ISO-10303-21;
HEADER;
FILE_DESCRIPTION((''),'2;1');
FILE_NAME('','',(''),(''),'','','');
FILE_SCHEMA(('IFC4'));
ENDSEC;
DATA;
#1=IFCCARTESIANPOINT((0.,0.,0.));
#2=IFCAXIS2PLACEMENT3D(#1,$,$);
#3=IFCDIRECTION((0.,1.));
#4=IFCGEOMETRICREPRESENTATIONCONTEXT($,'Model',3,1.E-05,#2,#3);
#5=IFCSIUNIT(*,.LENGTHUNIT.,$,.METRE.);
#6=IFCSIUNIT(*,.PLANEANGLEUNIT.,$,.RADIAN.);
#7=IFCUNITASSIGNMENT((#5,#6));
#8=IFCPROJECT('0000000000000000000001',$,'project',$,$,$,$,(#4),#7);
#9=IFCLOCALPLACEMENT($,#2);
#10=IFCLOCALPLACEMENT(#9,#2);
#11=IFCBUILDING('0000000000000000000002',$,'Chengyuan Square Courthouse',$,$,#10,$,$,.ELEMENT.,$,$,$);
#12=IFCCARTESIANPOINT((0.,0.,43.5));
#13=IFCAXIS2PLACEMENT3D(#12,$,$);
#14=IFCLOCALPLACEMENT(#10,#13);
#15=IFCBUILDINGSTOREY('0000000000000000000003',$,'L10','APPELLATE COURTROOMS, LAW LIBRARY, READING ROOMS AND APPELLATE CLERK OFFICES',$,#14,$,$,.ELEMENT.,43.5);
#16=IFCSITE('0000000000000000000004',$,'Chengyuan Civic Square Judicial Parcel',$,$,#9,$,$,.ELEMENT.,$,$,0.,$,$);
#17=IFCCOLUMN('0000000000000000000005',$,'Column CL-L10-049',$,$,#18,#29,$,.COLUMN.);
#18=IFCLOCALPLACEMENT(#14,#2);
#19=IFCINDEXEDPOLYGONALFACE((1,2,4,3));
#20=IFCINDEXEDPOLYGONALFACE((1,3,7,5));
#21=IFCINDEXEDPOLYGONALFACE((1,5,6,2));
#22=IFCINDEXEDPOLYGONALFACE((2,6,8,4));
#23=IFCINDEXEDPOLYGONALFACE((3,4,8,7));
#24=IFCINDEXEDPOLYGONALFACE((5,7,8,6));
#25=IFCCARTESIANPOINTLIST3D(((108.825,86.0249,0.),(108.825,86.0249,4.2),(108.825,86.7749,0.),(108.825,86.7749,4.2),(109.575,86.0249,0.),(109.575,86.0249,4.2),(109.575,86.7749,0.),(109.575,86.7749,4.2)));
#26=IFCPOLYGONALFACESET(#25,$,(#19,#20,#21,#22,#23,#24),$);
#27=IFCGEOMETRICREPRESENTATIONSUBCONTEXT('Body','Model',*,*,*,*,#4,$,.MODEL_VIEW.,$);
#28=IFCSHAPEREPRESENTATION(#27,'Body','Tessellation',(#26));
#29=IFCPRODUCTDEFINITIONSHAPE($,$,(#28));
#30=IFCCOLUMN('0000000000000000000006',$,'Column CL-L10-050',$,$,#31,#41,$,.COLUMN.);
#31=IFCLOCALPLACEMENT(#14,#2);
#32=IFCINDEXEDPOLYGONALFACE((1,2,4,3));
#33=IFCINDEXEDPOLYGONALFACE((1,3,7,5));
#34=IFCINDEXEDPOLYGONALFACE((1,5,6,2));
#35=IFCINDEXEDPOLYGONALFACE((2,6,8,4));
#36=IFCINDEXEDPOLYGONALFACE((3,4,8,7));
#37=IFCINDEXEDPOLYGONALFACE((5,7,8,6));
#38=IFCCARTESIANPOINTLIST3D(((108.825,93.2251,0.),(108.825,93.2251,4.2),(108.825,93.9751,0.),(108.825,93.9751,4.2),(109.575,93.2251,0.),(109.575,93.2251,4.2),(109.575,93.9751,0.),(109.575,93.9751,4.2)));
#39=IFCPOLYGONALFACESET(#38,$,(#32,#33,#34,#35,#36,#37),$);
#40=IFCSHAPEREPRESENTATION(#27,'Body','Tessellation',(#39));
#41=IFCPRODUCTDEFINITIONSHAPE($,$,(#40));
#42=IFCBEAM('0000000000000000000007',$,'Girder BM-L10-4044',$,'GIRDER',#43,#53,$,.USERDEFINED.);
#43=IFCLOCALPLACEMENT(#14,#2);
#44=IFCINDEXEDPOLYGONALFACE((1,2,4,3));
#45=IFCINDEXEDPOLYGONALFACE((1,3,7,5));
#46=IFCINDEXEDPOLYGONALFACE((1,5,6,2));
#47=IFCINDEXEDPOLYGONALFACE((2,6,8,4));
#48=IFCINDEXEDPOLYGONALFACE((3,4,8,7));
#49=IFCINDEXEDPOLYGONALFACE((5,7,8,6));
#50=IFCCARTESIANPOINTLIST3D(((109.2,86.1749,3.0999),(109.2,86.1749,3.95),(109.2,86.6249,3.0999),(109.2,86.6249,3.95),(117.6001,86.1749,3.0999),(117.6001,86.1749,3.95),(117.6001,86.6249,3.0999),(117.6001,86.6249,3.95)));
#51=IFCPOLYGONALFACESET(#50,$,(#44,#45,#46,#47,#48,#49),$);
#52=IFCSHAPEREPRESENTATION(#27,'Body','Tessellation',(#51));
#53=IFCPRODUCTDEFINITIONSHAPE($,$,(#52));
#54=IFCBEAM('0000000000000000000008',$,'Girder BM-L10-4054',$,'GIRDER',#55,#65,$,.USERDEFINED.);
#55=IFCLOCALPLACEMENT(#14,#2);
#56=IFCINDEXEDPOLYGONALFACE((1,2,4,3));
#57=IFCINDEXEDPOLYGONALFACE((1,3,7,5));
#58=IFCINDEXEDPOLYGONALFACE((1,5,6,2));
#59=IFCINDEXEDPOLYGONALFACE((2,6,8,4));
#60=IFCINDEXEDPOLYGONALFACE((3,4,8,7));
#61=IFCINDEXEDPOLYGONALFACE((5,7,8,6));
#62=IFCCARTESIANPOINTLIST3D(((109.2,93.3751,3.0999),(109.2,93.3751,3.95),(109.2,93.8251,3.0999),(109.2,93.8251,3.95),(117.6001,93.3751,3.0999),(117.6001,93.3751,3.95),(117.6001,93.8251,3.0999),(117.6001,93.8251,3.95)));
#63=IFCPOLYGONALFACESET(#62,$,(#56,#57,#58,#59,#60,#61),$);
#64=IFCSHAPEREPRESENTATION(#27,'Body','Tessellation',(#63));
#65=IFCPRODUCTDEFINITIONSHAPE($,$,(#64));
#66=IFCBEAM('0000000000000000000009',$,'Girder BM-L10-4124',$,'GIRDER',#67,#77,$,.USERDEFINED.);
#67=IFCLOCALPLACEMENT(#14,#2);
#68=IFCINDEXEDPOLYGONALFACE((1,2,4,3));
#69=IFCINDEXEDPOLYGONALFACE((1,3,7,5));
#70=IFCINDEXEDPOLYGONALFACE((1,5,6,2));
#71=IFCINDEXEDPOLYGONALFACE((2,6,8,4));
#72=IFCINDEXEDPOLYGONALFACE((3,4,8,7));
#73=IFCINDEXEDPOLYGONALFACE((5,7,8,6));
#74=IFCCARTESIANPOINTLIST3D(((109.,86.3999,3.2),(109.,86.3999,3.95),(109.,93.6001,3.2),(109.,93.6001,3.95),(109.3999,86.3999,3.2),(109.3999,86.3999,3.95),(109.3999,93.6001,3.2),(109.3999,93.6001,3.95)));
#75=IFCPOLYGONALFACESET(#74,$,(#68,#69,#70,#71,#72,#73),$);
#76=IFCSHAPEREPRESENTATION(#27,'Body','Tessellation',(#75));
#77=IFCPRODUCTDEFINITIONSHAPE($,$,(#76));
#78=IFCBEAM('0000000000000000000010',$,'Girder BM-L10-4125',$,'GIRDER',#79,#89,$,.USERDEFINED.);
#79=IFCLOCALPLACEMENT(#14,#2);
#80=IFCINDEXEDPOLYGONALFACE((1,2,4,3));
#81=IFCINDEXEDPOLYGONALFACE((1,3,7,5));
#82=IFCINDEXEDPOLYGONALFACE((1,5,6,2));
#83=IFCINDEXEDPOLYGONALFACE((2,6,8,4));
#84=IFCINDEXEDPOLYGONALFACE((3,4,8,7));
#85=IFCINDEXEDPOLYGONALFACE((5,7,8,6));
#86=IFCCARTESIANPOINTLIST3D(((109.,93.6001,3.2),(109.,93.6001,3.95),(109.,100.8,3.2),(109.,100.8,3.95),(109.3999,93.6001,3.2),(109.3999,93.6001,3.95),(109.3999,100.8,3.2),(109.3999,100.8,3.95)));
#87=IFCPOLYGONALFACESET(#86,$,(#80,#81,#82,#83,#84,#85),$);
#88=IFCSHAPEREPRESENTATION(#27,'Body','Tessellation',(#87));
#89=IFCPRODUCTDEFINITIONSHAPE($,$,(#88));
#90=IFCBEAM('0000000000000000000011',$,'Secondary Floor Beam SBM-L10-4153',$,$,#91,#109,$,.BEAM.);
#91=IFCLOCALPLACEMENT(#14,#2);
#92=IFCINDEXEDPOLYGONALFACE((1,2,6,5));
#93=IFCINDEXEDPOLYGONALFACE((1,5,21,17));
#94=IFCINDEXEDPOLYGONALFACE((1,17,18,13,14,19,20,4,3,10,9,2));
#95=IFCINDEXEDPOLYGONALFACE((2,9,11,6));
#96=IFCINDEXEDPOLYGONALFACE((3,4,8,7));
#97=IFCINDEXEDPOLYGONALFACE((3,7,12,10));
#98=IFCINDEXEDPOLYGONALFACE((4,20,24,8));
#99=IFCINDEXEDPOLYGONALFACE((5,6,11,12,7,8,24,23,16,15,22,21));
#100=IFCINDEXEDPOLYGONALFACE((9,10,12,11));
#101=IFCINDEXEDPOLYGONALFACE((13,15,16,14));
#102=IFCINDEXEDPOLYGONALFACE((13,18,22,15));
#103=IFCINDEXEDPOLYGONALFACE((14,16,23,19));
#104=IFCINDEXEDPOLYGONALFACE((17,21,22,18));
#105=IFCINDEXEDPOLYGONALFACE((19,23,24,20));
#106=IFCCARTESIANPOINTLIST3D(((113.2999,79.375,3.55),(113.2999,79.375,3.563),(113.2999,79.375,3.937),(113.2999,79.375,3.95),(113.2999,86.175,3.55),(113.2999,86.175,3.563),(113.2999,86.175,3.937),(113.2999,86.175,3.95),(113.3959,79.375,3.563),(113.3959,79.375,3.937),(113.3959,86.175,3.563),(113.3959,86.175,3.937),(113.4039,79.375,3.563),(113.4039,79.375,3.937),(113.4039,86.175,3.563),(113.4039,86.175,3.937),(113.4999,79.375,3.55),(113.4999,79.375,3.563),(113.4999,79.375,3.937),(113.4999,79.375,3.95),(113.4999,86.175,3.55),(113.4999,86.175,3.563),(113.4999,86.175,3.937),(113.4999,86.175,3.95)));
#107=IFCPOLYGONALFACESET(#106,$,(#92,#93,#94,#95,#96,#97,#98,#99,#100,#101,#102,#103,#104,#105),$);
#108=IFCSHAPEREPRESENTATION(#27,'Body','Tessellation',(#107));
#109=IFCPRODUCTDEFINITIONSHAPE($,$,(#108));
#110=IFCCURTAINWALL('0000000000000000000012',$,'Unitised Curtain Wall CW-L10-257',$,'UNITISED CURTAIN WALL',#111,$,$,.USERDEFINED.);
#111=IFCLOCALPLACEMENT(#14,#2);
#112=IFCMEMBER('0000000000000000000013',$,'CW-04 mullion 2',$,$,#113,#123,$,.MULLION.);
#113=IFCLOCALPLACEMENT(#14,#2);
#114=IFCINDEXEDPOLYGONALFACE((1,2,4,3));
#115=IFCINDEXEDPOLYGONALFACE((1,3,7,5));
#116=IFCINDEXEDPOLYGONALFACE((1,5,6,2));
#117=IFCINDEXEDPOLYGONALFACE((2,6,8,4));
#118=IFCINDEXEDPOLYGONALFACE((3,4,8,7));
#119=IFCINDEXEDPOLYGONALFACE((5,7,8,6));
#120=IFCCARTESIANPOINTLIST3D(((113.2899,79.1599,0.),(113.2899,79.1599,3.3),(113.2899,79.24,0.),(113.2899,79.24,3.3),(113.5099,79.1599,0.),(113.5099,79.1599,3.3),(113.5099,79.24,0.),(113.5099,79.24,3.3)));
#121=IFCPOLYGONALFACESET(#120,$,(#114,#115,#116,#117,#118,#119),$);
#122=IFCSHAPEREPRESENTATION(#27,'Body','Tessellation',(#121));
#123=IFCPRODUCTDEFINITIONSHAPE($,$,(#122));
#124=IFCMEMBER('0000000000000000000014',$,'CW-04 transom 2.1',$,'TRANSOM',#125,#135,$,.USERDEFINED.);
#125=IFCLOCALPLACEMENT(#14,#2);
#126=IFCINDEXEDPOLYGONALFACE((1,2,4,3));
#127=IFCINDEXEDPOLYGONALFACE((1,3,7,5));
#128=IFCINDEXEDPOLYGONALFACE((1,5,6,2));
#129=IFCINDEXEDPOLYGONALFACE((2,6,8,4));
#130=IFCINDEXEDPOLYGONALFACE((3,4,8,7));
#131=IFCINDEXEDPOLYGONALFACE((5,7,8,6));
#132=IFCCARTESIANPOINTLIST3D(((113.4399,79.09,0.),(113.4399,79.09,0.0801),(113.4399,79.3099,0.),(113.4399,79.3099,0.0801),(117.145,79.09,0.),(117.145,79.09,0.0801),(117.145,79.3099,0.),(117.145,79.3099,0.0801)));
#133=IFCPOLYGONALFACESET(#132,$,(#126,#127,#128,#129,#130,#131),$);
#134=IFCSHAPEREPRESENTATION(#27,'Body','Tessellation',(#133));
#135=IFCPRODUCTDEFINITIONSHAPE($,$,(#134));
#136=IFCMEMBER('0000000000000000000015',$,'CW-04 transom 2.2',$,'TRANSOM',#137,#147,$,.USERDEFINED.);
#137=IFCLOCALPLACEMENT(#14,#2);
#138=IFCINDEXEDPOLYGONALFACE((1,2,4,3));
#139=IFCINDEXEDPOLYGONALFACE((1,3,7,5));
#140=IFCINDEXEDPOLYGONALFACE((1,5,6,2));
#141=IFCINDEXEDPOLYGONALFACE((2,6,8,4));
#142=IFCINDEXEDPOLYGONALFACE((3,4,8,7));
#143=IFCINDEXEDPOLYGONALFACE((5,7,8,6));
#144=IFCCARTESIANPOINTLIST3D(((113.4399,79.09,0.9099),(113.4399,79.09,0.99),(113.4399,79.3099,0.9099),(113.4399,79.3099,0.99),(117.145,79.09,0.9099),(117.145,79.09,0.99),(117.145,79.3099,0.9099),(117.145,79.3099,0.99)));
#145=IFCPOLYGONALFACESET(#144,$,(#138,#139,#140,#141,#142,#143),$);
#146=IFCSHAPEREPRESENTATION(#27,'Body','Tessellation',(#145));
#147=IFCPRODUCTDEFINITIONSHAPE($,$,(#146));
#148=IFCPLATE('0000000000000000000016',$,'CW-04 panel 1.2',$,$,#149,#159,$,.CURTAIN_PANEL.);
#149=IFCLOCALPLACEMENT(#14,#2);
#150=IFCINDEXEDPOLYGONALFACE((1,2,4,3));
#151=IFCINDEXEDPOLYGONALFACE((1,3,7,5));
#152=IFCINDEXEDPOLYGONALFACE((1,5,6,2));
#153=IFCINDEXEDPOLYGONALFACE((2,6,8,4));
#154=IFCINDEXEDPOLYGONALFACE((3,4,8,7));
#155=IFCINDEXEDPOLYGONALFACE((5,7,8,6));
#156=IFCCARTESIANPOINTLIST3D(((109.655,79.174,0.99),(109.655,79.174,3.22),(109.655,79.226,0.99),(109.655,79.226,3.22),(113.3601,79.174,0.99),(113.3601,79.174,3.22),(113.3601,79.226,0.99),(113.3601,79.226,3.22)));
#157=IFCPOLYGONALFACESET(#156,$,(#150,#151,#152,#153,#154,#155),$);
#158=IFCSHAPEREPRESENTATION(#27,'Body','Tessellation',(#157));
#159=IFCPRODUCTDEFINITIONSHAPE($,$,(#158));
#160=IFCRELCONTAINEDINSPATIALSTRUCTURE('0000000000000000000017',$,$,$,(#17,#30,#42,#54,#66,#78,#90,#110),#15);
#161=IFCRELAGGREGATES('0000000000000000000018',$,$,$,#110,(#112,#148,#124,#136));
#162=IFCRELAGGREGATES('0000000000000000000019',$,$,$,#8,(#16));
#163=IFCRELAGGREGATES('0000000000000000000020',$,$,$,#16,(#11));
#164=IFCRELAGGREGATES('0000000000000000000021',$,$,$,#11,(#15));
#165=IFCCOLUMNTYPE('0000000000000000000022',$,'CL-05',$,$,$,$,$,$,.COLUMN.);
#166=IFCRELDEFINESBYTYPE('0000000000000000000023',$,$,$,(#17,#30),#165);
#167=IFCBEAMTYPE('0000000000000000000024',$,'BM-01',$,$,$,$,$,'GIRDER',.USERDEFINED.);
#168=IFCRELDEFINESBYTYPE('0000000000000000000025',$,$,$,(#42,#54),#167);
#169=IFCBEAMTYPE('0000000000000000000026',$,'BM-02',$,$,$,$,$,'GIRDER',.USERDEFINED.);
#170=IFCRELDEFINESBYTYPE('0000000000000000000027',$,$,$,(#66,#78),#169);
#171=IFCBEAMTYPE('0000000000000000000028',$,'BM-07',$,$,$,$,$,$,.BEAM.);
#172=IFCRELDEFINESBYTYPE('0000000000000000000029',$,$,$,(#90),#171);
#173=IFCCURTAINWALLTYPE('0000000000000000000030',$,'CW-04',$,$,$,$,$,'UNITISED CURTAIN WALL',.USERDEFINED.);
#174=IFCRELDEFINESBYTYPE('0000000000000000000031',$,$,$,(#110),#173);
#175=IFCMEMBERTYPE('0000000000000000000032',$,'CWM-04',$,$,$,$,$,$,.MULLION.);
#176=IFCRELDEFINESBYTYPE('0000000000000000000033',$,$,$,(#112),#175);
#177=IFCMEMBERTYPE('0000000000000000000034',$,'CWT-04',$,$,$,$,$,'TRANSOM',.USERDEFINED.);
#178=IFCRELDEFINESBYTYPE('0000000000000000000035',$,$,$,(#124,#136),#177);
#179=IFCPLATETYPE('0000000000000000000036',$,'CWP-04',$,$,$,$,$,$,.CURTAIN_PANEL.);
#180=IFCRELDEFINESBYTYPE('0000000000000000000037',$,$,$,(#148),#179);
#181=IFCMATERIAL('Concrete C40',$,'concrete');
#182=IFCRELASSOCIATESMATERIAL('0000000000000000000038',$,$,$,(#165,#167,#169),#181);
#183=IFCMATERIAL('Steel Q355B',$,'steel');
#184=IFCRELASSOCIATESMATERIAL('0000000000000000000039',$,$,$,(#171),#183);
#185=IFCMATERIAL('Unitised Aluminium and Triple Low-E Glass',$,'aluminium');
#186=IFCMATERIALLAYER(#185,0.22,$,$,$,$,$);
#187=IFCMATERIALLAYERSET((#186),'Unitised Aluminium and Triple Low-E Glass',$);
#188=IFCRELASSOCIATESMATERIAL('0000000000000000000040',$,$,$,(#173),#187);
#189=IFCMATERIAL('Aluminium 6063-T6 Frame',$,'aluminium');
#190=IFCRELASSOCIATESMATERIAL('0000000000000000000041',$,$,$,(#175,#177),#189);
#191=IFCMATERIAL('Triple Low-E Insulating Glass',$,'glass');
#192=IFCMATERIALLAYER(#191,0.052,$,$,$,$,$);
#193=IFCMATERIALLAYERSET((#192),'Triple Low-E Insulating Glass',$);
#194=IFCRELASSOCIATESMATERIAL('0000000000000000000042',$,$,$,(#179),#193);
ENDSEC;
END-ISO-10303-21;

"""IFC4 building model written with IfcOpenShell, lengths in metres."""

from ifc_helpers import new_model, si_unit, direction, frame, origin, origin_2d, place, context, subcontext, project, spatial, rectangle, i_section, extrude, material, layer, layer_set, material_profile, profile_set, type_object, element, aggregate, save


model = new_model("IFC4")

# Units and contexts
model_context = context("Model", 3, precision=1e-05, world=origin(), true_north=direction((0.0, 1.0)))
body_context = subcontext(model_context, "Body", "Model", "MODEL_VIEW")
ifc_project = project(units=[si_unit("LENGTHUNIT", "METRE"), si_unit("PLANEANGLEUNIT", "RADIAN")], contexts=[model_context])

# Site, building, storey
site_placement = place(None, origin())
site = spatial("IfcSite", under=ifc_project, at=site_placement, Name="Chengyuan Civic Square Judicial Parcel", CompositionType="ELEMENT", RefElevation=0.0)
building_placement = place(site_placement, origin())
building = spatial("IfcBuilding", under=site, at=building_placement, Name="Chengyuan Square Courthouse", CompositionType="ELEMENT")
storey_placement = place(building_placement, frame((0.0, 0.0, 43.5)))
storey = spatial("IfcBuildingStorey", under=building, at=storey_placement, Name="L10", Description="APPELLATE COURTROOMS, LAW LIBRARY, READING ROOMS AND APPELLATE CLERK OFFICES", CompositionType="ELEMENT", Elevation=43.5)

# Columns
ifc_material_1 = material(Name="Concrete C40", Category="concrete")
ifc_material_profile_1 = material_profile(ifc_material_1, rectangle(XDim=0.75, YDim=0.75, at=origin_2d()), Name="RC-COL-750x750")
ifc_profile_set_1 = profile_set([ifc_material_profile_1], Name="Concrete C40")
column_type = type_object("IfcColumnType", Name="CL-05", PredefinedType="COLUMN", material=ifc_profile_set_1)
for number, where, z_axis, x_axis, name in (
    (1, (109.2, 86.3999, 0.0), (0.0, 0.0, 1.0), (1.0, 0.0, 0.0), "Column CL-L10-049"),
    (2, (109.2, 93.6001, 0.0), (0.0, 0.0, 1.0), (1.0, 0.0, 0.0), "Column CL-L10-050"),
):
    element("IfcColumn", number, at=place(storey_placement, frame(where, z_axis=z_axis, x_axis=x_axis)), inside=storey, type_object=column_type, Name=name, PredefinedType="COLUMN", context=body_context, shape_type="SweptSolid", body=[
        extrude(rectangle(XDim=0.75, YDim=0.75, at=origin_2d()), origin(), (0.0, 0.0, 1.0), 4.2),
    ])

# Beams
ifc_material_profile_2 = material_profile(ifc_material_1, rectangle(XDim=0.45, YDim=0.8501, at=origin_2d()), Name="RC-BM-450x850")
ifc_profile_set_2 = profile_set([ifc_material_profile_2], Name="Concrete C40")
beam_type_1 = type_object("IfcBeamType", Name="BM-01", ElementType="GIRDER", PredefinedType="USERDEFINED", material=ifc_profile_set_2)
for number, where, z_axis, x_axis, name in (
    (3, (109.2, 86.3999, 3.5249), (1.0, 0.0, 0.0), (0.0, 1.0, 0.0), "Girder BM-L10-4044"),
    (4, (109.2, 93.6001, 3.5249), (1.0, 0.0, 0.0), (0.0, 1.0, 0.0), "Girder BM-L10-4054"),
):
    element("IfcBeam", number, at=place(storey_placement, frame(where, z_axis=z_axis, x_axis=x_axis)), inside=storey, type_object=beam_type_1, Name=name, ObjectType="GIRDER", PredefinedType="USERDEFINED", context=body_context, shape_type="SweptSolid", body=[
        extrude(rectangle(XDim=0.45, YDim=0.8501, at=origin_2d()), origin(), (0.0, 0.0, 1.0), 8.4001),
    ])
ifc_material_profile_3 = material_profile(ifc_material_1, rectangle(XDim=0.3999, YDim=0.75, at=origin_2d()), Name="RC-BM-400x750")
ifc_profile_set_3 = profile_set([ifc_material_profile_3], Name="Concrete C40")
beam_type_2 = type_object("IfcBeamType", Name="BM-02", ElementType="GIRDER", PredefinedType="USERDEFINED", material=ifc_profile_set_3)
beam_1_placement = place(storey_placement, frame((109.2, 86.3999, 3.575), z_axis=(0.0, 1.0, 0.0), x_axis=(-1.0, 0.0, 0.0)))
element("IfcBeam", 5, at=beam_1_placement, inside=storey, type_object=beam_type_2, Name="Girder BM-L10-4124", ObjectType="GIRDER", PredefinedType="USERDEFINED", context=body_context, shape_type="SweptSolid", body=[
    extrude(rectangle(XDim=0.3999, YDim=0.75, at=origin_2d()), origin(), (0.0, 0.0, 1.0), 7.2002),
])
beam_2_placement = place(storey_placement, frame((109.2, 93.6001, 3.575), z_axis=(0.0, 1.0, 0.0), x_axis=(-1.0, 0.0, 0.0)))
element("IfcBeam", 6, at=beam_2_placement, inside=storey, type_object=beam_type_2, Name="Girder BM-L10-4125", ObjectType="GIRDER", PredefinedType="USERDEFINED", context=body_context, shape_type="SweptSolid", body=[
    extrude(rectangle(XDim=0.3999, YDim=0.75, at=origin_2d()), origin(), (0.0, 0.0, 1.0), 7.2),
])
ifc_material_2 = material(Name="Steel Q355B", Category="steel")
ifc_material_profile_4 = material_profile(ifc_material_2, i_section(OverallWidth=0.2, OverallDepth=0.3999, WebThickness=0.0081, FlangeThickness=0.0129, at=origin_2d()), Name="HN 400x200x8x13")
ifc_profile_set_4 = profile_set([ifc_material_profile_4], Name="Steel Q355B")
beam_type_3 = type_object("IfcBeamType", Name="BM-07", PredefinedType="BEAM", material=ifc_profile_set_4)
beam_3_placement = place(storey_placement, frame((113.3999, 79.375, 3.75), z_axis=(0.0, 1.0, 0.0), x_axis=(-1.0, 0.0, 0.0)))
element("IfcBeam", 7, at=beam_3_placement, inside=storey, type_object=beam_type_3, Name="Secondary Floor Beam SBM-L10-4153", PredefinedType="BEAM", context=body_context, shape_type="SweptSolid", body=[
    extrude(i_section(OverallWidth=0.2, OverallDepth=0.3999, WebThickness=0.0081, FlangeThickness=0.0129, at=origin_2d()), origin(), (0.0, 0.0, 1.0), 6.8),
])

# Curtain wall, members, plate
ifc_material_3 = material(Name="Unitised Aluminium and Triple Low-E Glass", Category="aluminium")
ifc_layer_1 = layer(ifc_material_3, 0.22)
ifc_layer_set_1 = layer_set([ifc_layer_1], Name="Unitised Aluminium and Triple Low-E Glass")
curtain_wall_type = type_object("IfcCurtainWallType", Name="CW-04", ElementType="UNITISED CURTAIN WALL", PredefinedType="USERDEFINED", material=ifc_layer_set_1)
curtain_wall_placement = place(storey_placement, origin())
curtain_wall = element("IfcCurtainWall", 8, at=curtain_wall_placement, inside=storey, type_object=curtain_wall_type, Name="Unitised Curtain Wall CW-L10-257", ObjectType="UNITISED CURTAIN WALL", PredefinedType="USERDEFINED")
ifc_material_4 = material(Name="Aluminium 6063-T6 Frame", Category="aluminium")
ifc_material_profile_5 = material_profile(ifc_material_4, rectangle(XDim=0.0801, YDim=0.22, at=origin_2d()), Name="CW-MUL-80x220")
ifc_profile_set_5 = profile_set([ifc_material_profile_5], Name="Aluminium 6063-T6 Frame")
member_type_1 = type_object("IfcMemberType", Name="CWM-04", PredefinedType="MULLION", material=ifc_profile_set_5)
member_1_placement = place(storey_placement, frame((113.3999, 79.2, 0.0), z_axis=(0.0, 0.0, 1.0), x_axis=(0.0, 1.0, 0.0)))
member_1 = element("IfcMember", 9, at=member_1_placement, type_object=member_type_1, Name="CW-04 mullion 2", PredefinedType="MULLION", context=body_context, shape_type="SweptSolid", body=[
    extrude(rectangle(XDim=0.0801, YDim=0.22, at=origin_2d()), origin(), (0.0, 0.0, 1.0), 3.3),
])
ifc_material_profile_6 = material_profile(ifc_material_4, rectangle(XDim=0.22, YDim=0.0801, at=origin_2d()), Name="CW-TRN-80x180")
ifc_profile_set_6 = profile_set([ifc_material_profile_6], Name="Aluminium 6063-T6 Frame")
member_type_2 = type_object("IfcMemberType", Name="CWT-04", ElementType="TRANSOM", PredefinedType="USERDEFINED", material=ifc_profile_set_6)
member_2_placement = place(storey_placement, frame((113.4399, 79.2, 0.04), z_axis=(1.0, 0.0, 0.0), x_axis=(0.0, 1.0, 0.0)))
member_2 = element("IfcMember", 10, at=member_2_placement, type_object=member_type_2, Name="CW-04 transom 2.1", ObjectType="TRANSOM", PredefinedType="USERDEFINED", context=body_context, shape_type="SweptSolid", body=[
    extrude(rectangle(XDim=0.22, YDim=0.0801, at=origin_2d()), origin(), (0.0, 0.0, 1.0), 3.7051),
])
member_3_placement = place(storey_placement, frame((113.4399, 79.2, 0.95), z_axis=(1.0, 0.0, 0.0), x_axis=(0.0, 1.0, 0.0)))
member_3 = element("IfcMember", 11, at=member_3_placement, type_object=member_type_2, Name="CW-04 transom 2.2", ObjectType="TRANSOM", PredefinedType="USERDEFINED", context=body_context, shape_type="SweptSolid", body=[
    extrude(rectangle(XDim=0.22, YDim=0.0801, at=origin_2d()), origin(), (0.0, 0.0, 1.0), 3.7051),
])
ifc_material_5 = material(Name="Triple Low-E Insulating Glass", Category="glass")
ifc_layer_2 = layer(ifc_material_5, 0.052)
ifc_layer_set_2 = layer_set([ifc_layer_2], Name="Triple Low-E Insulating Glass")
plate_type = type_object("IfcPlateType", Name="CWP-04", PredefinedType="CURTAIN_PANEL", material=ifc_layer_set_2)
plate_placement = place(storey_placement, frame((111.5076, 79.2, 0.99), z_axis=(0.0, 0.0, 1.0), x_axis=(1.0, 0.0, 0.0)))
plate = element("IfcPlate", 12, at=plate_placement, type_object=plate_type, Name="CW-04 panel 1.2", PredefinedType="CURTAIN_PANEL", context=body_context, shape_type="SweptSolid", body=[
    extrude(rectangle(XDim=3.7051, YDim=0.052, at=origin_2d()), origin(), (0.0, 0.0, 1.0), 2.23),
])
aggregate(curtain_wall, [member_1, plate, member_2, member_3])

save(model, "model.ifc")
